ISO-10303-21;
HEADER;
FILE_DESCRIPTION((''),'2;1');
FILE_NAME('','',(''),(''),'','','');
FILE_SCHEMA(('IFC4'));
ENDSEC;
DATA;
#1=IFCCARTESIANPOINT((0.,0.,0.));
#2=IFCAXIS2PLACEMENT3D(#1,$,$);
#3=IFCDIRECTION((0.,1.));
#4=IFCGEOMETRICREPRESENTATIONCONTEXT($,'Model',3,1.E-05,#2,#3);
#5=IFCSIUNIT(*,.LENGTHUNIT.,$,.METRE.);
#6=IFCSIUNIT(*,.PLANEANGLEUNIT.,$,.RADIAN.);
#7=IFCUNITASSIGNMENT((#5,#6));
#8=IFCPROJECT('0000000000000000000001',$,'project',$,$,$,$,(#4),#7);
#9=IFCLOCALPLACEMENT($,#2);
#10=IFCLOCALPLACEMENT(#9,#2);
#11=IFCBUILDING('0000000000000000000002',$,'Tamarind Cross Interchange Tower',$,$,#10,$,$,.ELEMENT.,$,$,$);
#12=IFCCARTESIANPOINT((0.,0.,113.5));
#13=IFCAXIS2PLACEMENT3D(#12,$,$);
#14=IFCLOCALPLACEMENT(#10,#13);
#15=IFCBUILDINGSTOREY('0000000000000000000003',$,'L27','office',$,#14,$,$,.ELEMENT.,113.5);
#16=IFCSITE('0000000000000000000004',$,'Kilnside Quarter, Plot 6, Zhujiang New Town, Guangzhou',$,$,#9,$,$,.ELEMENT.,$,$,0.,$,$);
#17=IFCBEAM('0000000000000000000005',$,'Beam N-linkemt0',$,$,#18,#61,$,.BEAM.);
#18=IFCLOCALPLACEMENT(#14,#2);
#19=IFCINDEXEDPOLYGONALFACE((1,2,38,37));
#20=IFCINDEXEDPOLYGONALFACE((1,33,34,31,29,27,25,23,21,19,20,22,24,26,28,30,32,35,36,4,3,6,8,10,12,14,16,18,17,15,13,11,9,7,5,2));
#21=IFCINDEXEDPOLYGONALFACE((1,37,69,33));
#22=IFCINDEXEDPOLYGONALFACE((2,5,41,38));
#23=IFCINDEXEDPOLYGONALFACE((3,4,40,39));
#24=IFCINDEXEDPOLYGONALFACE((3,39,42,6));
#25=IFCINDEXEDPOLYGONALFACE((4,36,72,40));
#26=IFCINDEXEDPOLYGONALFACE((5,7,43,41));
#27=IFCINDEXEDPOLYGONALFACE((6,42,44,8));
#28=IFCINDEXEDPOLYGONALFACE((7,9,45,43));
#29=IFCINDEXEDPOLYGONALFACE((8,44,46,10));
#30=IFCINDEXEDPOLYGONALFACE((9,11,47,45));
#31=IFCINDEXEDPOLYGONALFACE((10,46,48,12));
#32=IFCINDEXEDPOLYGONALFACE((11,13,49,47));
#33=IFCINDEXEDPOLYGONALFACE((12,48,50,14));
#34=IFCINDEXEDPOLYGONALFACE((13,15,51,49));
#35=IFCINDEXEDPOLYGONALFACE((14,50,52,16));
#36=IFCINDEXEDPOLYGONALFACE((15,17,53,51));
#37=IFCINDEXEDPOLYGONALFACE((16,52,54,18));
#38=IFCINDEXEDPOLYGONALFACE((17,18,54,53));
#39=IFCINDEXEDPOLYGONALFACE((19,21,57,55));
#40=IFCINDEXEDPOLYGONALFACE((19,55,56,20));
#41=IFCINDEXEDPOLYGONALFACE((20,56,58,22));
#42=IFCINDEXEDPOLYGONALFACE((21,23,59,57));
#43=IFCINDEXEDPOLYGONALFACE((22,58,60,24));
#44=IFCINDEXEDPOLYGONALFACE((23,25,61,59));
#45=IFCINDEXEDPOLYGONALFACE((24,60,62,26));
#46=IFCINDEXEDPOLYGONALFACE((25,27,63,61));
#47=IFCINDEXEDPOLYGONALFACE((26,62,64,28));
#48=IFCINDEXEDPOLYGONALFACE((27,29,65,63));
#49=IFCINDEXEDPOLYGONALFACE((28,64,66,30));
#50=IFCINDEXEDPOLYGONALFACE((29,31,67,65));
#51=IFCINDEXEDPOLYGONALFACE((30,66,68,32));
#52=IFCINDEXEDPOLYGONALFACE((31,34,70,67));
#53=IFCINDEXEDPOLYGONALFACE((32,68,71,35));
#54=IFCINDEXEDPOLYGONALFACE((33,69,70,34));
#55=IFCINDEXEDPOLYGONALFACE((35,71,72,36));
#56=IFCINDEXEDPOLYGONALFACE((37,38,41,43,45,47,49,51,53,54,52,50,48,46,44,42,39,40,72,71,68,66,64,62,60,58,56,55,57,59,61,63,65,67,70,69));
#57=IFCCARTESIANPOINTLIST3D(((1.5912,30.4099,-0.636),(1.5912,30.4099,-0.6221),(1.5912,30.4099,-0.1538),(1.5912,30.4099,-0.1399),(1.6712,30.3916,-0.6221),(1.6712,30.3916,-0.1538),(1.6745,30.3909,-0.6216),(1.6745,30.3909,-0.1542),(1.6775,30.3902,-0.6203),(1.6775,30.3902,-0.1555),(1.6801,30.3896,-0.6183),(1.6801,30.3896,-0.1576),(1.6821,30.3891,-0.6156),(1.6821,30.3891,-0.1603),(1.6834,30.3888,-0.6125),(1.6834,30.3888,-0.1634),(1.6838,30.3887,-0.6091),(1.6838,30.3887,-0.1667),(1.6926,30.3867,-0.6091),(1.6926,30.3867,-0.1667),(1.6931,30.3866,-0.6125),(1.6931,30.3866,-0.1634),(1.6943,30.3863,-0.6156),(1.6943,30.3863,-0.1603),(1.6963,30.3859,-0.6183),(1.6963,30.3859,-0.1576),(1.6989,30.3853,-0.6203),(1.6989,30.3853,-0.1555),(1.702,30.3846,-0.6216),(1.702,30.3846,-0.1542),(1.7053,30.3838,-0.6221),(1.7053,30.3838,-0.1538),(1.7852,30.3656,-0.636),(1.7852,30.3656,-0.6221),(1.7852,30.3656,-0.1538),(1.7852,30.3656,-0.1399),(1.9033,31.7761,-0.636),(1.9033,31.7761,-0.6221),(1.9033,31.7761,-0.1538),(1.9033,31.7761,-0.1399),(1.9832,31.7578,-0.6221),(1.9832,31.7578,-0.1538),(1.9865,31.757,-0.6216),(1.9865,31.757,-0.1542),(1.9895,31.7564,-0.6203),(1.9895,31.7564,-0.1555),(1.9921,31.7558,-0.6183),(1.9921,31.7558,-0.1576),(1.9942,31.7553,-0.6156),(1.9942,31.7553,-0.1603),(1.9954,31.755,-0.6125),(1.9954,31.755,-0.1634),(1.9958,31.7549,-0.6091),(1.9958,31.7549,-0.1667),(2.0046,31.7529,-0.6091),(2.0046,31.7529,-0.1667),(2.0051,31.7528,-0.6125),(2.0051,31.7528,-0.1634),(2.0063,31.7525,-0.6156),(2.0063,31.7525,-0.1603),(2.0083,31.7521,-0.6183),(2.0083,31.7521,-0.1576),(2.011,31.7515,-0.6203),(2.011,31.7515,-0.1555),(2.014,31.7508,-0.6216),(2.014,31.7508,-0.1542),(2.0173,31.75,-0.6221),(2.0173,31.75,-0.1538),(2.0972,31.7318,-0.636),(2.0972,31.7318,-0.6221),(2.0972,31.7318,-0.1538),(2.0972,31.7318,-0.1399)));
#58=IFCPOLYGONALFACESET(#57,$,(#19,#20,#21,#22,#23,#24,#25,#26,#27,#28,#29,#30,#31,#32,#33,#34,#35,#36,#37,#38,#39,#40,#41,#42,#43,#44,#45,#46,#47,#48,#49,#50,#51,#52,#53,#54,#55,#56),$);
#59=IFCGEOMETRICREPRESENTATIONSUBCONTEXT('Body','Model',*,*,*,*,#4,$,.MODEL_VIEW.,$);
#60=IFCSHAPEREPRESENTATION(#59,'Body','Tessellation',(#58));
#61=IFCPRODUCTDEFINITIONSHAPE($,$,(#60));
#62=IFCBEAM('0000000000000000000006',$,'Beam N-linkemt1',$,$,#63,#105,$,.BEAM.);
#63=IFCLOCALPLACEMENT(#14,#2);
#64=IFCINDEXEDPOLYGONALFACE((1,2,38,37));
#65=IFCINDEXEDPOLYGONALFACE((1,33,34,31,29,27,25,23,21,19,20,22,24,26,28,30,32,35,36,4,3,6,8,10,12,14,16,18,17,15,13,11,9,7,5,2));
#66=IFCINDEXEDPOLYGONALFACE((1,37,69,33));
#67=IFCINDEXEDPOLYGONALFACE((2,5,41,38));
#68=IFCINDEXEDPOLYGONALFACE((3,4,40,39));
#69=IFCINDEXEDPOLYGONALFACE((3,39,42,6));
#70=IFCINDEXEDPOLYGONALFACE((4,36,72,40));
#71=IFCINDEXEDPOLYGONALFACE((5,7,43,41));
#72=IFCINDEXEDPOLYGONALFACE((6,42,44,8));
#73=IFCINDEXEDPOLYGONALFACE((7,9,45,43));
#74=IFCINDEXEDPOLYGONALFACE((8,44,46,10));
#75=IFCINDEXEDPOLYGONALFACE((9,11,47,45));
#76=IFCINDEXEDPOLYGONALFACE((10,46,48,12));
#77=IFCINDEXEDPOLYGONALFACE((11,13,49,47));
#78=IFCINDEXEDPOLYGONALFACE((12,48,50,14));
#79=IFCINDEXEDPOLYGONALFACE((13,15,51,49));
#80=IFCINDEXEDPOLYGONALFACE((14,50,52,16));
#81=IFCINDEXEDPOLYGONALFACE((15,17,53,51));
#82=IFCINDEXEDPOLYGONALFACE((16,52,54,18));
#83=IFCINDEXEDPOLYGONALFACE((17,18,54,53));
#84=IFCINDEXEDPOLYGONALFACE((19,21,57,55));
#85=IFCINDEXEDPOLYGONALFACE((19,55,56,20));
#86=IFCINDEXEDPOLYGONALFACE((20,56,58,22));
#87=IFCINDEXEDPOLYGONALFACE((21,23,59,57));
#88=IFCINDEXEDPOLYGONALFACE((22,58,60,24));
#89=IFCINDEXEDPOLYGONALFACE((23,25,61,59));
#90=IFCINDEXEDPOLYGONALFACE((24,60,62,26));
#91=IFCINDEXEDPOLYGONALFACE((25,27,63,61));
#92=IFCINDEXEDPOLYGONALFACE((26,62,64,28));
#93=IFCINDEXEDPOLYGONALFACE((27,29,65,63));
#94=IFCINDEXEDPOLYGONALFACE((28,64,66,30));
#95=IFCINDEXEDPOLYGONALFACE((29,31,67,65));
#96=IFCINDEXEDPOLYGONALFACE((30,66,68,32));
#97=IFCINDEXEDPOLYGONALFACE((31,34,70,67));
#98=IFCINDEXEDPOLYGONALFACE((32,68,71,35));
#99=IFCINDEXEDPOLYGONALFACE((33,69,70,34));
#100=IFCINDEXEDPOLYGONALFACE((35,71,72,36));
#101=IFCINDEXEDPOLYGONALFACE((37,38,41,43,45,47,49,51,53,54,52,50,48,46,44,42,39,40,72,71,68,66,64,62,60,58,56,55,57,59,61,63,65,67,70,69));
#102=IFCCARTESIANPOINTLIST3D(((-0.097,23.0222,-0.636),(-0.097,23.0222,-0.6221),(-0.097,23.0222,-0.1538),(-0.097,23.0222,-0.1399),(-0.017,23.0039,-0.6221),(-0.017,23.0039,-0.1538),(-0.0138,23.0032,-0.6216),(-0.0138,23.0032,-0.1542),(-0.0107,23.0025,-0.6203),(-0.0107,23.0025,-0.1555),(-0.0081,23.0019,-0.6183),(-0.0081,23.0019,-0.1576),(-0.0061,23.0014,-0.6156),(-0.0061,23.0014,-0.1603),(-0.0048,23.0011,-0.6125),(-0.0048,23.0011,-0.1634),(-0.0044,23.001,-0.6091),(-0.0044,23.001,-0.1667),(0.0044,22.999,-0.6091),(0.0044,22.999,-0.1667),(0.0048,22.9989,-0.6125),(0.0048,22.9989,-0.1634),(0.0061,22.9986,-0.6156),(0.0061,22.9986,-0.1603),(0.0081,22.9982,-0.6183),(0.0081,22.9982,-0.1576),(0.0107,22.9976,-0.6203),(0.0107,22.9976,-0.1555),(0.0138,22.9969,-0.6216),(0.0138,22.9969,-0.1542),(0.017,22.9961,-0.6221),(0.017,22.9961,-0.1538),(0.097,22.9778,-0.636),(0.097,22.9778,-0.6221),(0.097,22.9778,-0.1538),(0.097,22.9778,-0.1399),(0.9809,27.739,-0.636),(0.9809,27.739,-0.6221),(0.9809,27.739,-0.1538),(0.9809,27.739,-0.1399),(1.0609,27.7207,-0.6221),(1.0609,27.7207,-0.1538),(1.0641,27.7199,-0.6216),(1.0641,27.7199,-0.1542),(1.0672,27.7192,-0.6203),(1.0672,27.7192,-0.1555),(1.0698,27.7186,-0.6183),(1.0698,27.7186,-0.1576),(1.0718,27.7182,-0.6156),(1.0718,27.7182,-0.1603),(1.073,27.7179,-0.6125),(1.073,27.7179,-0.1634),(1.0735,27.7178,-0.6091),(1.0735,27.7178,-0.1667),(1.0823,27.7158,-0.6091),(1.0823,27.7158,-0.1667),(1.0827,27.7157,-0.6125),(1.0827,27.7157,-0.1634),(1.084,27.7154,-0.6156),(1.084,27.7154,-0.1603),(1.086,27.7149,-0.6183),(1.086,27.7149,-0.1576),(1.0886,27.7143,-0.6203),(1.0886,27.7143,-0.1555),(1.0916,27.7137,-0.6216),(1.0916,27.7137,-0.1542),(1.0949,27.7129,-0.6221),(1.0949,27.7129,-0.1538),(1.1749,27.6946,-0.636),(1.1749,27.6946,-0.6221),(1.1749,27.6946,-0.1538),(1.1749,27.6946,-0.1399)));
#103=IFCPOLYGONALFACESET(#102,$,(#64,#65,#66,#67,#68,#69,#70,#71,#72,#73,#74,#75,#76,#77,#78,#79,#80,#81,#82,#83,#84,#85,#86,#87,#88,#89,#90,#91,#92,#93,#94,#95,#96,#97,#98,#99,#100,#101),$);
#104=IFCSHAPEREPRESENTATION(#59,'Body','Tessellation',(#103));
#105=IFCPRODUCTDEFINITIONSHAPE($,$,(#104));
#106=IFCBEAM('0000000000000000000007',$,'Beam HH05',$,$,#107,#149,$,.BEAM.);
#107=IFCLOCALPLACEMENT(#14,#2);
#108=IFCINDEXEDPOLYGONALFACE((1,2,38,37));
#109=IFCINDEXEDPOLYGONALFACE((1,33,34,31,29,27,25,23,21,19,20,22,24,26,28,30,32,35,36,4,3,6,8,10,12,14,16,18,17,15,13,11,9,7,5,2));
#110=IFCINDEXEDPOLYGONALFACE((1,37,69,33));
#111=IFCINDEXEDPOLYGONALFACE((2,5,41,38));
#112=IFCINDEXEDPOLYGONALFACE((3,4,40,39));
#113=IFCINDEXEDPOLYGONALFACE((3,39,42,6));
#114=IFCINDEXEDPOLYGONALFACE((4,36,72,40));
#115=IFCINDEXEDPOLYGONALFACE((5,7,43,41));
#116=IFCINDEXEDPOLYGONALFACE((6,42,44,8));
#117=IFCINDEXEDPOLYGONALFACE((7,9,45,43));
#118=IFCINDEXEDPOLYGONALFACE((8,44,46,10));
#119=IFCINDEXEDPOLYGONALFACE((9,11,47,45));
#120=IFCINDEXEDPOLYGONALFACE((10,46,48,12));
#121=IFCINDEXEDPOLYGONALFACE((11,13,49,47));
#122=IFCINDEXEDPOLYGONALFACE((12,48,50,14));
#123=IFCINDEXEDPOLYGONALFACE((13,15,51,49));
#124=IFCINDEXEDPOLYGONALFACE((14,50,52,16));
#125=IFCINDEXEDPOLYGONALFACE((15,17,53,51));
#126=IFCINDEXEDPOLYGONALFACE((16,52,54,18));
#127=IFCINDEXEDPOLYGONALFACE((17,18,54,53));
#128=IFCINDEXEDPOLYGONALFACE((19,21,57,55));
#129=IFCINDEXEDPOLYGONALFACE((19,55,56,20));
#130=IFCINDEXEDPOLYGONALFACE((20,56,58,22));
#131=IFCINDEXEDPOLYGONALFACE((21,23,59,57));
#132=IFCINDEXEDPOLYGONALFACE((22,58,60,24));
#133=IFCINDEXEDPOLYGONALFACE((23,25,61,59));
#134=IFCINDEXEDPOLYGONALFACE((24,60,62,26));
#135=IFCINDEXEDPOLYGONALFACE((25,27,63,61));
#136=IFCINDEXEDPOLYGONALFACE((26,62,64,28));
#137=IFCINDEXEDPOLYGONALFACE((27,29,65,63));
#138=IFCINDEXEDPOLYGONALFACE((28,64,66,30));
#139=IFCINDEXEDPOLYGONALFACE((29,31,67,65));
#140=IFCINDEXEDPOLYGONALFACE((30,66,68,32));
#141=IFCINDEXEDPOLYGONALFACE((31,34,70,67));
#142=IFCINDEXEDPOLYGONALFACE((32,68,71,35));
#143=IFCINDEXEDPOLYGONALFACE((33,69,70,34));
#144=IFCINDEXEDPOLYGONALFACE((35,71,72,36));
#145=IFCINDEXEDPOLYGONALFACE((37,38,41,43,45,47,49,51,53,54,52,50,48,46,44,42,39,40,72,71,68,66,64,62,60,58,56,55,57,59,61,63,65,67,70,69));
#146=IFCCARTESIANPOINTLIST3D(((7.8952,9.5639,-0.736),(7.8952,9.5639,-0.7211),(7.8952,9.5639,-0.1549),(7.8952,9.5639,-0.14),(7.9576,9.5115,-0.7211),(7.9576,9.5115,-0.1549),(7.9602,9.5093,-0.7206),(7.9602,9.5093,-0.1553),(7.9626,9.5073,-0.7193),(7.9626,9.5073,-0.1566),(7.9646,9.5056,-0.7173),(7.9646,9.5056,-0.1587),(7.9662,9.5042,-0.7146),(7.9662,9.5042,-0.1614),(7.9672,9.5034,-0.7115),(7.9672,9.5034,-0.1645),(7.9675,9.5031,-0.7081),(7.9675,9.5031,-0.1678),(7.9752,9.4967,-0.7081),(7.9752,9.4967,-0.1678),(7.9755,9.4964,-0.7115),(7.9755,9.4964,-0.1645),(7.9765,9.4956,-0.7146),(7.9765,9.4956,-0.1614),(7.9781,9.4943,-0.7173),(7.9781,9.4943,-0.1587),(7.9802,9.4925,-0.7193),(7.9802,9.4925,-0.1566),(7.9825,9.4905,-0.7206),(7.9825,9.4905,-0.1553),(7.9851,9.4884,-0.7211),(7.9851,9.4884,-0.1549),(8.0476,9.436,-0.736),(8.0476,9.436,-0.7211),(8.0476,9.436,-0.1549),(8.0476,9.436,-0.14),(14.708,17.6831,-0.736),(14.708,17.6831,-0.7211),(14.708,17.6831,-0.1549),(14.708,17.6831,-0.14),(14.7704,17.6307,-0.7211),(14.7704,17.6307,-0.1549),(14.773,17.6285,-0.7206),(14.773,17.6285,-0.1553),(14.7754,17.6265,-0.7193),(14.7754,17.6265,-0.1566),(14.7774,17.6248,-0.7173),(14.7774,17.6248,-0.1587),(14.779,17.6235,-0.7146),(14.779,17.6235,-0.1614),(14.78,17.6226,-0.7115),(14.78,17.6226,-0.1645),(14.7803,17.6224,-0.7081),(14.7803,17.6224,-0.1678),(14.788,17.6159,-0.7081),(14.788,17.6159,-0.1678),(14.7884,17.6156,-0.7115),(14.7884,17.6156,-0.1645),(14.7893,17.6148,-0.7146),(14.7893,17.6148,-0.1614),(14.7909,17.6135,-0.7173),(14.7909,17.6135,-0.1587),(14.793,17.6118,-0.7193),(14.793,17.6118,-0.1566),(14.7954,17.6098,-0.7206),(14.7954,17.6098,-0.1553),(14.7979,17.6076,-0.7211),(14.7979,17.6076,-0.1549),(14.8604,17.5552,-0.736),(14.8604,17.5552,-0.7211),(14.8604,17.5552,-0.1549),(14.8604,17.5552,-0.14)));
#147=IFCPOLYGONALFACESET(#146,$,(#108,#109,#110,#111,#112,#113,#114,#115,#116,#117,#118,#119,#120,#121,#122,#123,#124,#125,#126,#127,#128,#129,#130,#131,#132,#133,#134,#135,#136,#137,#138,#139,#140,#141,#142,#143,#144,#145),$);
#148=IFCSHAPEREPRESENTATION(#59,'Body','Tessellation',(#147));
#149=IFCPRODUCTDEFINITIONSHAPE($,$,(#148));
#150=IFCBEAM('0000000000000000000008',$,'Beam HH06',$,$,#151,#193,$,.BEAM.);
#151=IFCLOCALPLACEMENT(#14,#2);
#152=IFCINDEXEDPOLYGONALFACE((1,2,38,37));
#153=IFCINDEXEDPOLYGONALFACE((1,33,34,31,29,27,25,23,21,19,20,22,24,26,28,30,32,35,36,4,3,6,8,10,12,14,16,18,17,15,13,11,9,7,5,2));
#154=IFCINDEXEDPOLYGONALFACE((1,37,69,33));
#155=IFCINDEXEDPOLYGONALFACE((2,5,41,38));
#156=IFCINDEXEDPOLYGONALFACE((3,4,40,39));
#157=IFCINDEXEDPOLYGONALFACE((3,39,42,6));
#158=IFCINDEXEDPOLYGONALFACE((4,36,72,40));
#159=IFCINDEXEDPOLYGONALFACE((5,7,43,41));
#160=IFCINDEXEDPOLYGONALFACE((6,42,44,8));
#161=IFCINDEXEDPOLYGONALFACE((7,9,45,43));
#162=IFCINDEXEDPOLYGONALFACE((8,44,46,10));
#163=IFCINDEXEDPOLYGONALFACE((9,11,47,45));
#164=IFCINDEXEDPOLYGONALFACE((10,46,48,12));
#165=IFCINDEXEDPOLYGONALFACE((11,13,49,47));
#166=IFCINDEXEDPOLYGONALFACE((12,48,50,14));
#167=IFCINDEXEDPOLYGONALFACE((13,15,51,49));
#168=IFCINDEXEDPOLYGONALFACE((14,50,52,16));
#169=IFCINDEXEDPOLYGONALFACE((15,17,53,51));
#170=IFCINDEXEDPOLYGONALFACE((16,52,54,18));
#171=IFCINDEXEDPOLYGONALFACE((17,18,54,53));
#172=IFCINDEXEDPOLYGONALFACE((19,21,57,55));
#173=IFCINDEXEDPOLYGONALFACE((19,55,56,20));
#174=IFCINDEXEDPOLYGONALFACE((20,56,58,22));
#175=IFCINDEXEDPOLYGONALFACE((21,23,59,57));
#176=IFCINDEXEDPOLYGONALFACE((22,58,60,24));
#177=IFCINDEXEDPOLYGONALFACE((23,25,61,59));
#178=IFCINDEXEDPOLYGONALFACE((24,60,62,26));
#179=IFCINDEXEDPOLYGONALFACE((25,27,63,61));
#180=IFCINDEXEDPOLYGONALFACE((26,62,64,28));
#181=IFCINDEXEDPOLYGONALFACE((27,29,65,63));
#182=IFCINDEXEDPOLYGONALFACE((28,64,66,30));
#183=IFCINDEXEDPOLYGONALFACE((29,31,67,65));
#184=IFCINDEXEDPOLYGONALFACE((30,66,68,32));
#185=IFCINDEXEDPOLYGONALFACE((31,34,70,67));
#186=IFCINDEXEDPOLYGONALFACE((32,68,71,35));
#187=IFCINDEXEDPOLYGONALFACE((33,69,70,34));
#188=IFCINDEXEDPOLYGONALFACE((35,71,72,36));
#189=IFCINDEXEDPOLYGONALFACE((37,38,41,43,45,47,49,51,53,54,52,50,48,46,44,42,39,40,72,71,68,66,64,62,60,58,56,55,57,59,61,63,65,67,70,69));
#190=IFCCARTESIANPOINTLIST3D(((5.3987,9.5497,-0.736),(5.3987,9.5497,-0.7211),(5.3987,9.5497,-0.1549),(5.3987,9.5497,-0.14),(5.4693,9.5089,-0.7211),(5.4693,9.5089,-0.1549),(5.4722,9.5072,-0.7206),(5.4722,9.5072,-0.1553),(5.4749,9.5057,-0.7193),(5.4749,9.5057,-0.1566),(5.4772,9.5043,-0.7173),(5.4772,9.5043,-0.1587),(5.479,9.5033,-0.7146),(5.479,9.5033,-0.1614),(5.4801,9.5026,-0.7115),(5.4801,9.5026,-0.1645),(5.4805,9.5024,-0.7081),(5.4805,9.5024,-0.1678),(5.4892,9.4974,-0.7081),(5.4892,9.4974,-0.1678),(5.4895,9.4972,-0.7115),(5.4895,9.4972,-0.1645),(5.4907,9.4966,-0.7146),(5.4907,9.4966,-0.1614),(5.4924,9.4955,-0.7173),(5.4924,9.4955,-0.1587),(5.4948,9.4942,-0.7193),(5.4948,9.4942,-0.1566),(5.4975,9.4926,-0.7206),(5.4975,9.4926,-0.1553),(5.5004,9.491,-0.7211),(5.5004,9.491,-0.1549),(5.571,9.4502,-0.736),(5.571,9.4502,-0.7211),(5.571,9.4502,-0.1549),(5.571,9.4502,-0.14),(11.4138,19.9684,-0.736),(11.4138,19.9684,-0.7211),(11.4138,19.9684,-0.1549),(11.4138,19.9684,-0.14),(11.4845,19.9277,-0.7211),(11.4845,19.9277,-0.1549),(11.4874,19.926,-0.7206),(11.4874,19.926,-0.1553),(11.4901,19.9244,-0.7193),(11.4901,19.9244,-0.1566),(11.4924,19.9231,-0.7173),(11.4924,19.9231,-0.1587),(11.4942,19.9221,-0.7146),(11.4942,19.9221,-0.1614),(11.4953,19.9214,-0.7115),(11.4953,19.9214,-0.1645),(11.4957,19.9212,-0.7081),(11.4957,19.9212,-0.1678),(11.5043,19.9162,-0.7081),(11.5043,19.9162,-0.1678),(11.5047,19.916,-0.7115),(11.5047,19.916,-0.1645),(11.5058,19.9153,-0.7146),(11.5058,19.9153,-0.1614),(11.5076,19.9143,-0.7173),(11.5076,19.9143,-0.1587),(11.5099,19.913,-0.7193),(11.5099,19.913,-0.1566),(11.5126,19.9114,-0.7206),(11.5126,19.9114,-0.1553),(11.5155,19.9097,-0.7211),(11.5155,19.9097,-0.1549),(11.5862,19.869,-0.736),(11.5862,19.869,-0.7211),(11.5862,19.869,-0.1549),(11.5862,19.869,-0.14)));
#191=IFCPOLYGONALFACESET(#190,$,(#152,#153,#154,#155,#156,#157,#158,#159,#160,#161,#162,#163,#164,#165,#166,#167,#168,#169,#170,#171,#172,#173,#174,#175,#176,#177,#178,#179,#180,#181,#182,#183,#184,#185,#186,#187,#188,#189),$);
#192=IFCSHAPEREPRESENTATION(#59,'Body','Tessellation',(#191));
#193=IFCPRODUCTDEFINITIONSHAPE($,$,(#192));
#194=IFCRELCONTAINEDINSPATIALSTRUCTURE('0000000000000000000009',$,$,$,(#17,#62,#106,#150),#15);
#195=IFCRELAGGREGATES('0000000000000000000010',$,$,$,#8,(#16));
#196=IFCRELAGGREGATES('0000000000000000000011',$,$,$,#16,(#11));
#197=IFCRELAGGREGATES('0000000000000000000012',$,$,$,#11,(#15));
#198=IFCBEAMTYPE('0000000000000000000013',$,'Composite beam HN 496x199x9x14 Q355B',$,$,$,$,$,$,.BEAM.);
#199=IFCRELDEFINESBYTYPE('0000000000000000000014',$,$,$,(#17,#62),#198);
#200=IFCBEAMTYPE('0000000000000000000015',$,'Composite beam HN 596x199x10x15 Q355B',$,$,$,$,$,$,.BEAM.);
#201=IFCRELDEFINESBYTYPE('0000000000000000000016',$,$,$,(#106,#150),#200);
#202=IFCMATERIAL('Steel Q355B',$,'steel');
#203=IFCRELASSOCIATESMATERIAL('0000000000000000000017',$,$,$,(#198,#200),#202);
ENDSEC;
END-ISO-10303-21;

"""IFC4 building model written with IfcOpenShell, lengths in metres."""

from ifc_helpers import new_model, si_unit, direction, frame, origin, origin_2d, place, context, subcontext, project, spatial, i_section, extrude, material, material_profile, profile_set, type_object, element, save


model = new_model("IFC4")

# Units and contexts
model_context = context("Model", 3, precision=1e-05, world=origin(), true_north=direction((0.0, 1.0)))
body_context = subcontext(model_context, "Body", "Model", "MODEL_VIEW")
ifc_project = project(units=[si_unit("LENGTHUNIT", "METRE"), si_unit("PLANEANGLEUNIT", "RADIAN")], contexts=[model_context])

# Site, building, storey
site_placement = place(None, origin())
site = spatial("IfcSite", under=ifc_project, at=site_placement, Name="Kilnside Quarter, Plot 6, Zhujiang New Town, Guangzhou", CompositionType="ELEMENT", RefElevation=0.0)
building_placement = place(site_placement, origin())
building = spatial("IfcBuilding", under=site, at=building_placement, Name="Tamarind Cross Interchange Tower", CompositionType="ELEMENT")
storey_placement = place(building_placement, frame((0.0, 0.0, 113.5)))
storey = spatial("IfcBuildingStorey", under=building, at=storey_placement, Name="L27", Description="office", CompositionType="ELEMENT", Elevation=113.5)

# Beams
ifc_material_1 = material(Name="Steel Q355B", Category="steel")
ifc_material_profile_1 = material_profile(ifc_material_1, i_section(OverallWidth=0.199, OverallDepth=0.4961, WebThickness=0.009, FlangeThickness=0.0139, FilletRadius=0.0129, at=origin_2d()), Name="HN 496x199x9x14")
ifc_profile_set_1 = profile_set([ifc_material_profile_1], Name="Steel Q355B")
beam_type_1 = type_object("IfcBeamType", Name="Composite beam HN 496x199x9x14 Q355B", PredefinedType="BEAM", material=ifc_profile_set_1)
beam_1_placement = place(storey_placement, frame((2.0002, 31.7539, -0.3879), z_axis=(-0.222645, -0.9749, 0.0), x_axis=(0.9749, -0.222645, 0.0)))
element("IfcBeam", 1, at=beam_1_placement, inside=storey, type_object=beam_type_1, Name="Beam N-linkemt0", PredefinedType="BEAM", context=body_context, shape_type="SweptSolid", body=[
    extrude(i_section(OverallWidth=0.199, OverallDepth=0.4961, WebThickness=0.009, FlangeThickness=0.0139, FilletRadius=0.0129, at=origin_2d()), origin(), (0.0, 0.0, 1.0), 1.4014),
])
beam_2_placement = place(storey_placement, frame((1.0779, 27.7168, -0.3879), z_axis=(-0.222777, -0.974869, 0.0), x_axis=(0.974869, -0.222777, 0.0)))
element("IfcBeam", 2, at=beam_2_placement, inside=storey, type_object=beam_type_1, Name="Beam N-linkemt1", PredefinedType="BEAM", context=body_context, shape_type="SweptSolid", body=[
    extrude(i_section(OverallWidth=0.199, OverallDepth=0.4961, WebThickness=0.009, FlangeThickness=0.0139, FilletRadius=0.0129, at=origin_2d()), origin(), (0.0, 0.0, 1.0), 4.8384),
])
ifc_material_profile_2 = material_profile(ifc_material_1, i_section(OverallWidth=0.199, OverallDepth=0.5959, WebThickness=0.01, FlangeThickness=0.0149, FilletRadius=0.0129, at=origin_2d()), Name="HN 596x199x10x15")
ifc_profile_set_2 = profile_set([ifc_material_profile_2], Name="Steel Q355B")
beam_type_2 = type_object("IfcBeamType", Name="Composite beam HN 596x199x10x15 Q355B", PredefinedType="BEAM", material=ifc_profile_set_2)
beam_3_placement = place(storey_placement, frame((14.7842, 17.6191, -0.438), z_axis=(-0.642786, -0.766046, 0.0), x_axis=(0.766046, -0.642786, 0.0)))
element("IfcBeam", 3, at=beam_3_placement, inside=storey, type_object=beam_type_2, Name="Beam HH05", PredefinedType="BEAM", context=body_context, shape_type="SweptSolid", body=[
    extrude(i_section(OverallWidth=0.199, OverallDepth=0.5959, WebThickness=0.01, FlangeThickness=0.0149, FilletRadius=0.0129, at=origin_2d()), origin(), (0.0, 0.0, 1.0), 10.5989),
])
beam_4_placement = place(storey_placement, frame((11.5, 19.9187, -0.438), z_axis=(-0.499994, -0.866029, 0.0), x_axis=(0.866029, -0.499994, 0.0)))
element("IfcBeam", 4, at=beam_4_placement, inside=storey, type_object=beam_type_2, Name="Beam HH06", PredefinedType="BEAM", context=body_context, shape_type="SweptSolid", body=[
    extrude(i_section(OverallWidth=0.199, OverallDepth=0.5959, WebThickness=0.01, FlangeThickness=0.0149, FilletRadius=0.0129, at=origin_2d()), origin(), (0.0, 0.0, 1.0), 12.0305),
])

save(model, "model.ifc")
